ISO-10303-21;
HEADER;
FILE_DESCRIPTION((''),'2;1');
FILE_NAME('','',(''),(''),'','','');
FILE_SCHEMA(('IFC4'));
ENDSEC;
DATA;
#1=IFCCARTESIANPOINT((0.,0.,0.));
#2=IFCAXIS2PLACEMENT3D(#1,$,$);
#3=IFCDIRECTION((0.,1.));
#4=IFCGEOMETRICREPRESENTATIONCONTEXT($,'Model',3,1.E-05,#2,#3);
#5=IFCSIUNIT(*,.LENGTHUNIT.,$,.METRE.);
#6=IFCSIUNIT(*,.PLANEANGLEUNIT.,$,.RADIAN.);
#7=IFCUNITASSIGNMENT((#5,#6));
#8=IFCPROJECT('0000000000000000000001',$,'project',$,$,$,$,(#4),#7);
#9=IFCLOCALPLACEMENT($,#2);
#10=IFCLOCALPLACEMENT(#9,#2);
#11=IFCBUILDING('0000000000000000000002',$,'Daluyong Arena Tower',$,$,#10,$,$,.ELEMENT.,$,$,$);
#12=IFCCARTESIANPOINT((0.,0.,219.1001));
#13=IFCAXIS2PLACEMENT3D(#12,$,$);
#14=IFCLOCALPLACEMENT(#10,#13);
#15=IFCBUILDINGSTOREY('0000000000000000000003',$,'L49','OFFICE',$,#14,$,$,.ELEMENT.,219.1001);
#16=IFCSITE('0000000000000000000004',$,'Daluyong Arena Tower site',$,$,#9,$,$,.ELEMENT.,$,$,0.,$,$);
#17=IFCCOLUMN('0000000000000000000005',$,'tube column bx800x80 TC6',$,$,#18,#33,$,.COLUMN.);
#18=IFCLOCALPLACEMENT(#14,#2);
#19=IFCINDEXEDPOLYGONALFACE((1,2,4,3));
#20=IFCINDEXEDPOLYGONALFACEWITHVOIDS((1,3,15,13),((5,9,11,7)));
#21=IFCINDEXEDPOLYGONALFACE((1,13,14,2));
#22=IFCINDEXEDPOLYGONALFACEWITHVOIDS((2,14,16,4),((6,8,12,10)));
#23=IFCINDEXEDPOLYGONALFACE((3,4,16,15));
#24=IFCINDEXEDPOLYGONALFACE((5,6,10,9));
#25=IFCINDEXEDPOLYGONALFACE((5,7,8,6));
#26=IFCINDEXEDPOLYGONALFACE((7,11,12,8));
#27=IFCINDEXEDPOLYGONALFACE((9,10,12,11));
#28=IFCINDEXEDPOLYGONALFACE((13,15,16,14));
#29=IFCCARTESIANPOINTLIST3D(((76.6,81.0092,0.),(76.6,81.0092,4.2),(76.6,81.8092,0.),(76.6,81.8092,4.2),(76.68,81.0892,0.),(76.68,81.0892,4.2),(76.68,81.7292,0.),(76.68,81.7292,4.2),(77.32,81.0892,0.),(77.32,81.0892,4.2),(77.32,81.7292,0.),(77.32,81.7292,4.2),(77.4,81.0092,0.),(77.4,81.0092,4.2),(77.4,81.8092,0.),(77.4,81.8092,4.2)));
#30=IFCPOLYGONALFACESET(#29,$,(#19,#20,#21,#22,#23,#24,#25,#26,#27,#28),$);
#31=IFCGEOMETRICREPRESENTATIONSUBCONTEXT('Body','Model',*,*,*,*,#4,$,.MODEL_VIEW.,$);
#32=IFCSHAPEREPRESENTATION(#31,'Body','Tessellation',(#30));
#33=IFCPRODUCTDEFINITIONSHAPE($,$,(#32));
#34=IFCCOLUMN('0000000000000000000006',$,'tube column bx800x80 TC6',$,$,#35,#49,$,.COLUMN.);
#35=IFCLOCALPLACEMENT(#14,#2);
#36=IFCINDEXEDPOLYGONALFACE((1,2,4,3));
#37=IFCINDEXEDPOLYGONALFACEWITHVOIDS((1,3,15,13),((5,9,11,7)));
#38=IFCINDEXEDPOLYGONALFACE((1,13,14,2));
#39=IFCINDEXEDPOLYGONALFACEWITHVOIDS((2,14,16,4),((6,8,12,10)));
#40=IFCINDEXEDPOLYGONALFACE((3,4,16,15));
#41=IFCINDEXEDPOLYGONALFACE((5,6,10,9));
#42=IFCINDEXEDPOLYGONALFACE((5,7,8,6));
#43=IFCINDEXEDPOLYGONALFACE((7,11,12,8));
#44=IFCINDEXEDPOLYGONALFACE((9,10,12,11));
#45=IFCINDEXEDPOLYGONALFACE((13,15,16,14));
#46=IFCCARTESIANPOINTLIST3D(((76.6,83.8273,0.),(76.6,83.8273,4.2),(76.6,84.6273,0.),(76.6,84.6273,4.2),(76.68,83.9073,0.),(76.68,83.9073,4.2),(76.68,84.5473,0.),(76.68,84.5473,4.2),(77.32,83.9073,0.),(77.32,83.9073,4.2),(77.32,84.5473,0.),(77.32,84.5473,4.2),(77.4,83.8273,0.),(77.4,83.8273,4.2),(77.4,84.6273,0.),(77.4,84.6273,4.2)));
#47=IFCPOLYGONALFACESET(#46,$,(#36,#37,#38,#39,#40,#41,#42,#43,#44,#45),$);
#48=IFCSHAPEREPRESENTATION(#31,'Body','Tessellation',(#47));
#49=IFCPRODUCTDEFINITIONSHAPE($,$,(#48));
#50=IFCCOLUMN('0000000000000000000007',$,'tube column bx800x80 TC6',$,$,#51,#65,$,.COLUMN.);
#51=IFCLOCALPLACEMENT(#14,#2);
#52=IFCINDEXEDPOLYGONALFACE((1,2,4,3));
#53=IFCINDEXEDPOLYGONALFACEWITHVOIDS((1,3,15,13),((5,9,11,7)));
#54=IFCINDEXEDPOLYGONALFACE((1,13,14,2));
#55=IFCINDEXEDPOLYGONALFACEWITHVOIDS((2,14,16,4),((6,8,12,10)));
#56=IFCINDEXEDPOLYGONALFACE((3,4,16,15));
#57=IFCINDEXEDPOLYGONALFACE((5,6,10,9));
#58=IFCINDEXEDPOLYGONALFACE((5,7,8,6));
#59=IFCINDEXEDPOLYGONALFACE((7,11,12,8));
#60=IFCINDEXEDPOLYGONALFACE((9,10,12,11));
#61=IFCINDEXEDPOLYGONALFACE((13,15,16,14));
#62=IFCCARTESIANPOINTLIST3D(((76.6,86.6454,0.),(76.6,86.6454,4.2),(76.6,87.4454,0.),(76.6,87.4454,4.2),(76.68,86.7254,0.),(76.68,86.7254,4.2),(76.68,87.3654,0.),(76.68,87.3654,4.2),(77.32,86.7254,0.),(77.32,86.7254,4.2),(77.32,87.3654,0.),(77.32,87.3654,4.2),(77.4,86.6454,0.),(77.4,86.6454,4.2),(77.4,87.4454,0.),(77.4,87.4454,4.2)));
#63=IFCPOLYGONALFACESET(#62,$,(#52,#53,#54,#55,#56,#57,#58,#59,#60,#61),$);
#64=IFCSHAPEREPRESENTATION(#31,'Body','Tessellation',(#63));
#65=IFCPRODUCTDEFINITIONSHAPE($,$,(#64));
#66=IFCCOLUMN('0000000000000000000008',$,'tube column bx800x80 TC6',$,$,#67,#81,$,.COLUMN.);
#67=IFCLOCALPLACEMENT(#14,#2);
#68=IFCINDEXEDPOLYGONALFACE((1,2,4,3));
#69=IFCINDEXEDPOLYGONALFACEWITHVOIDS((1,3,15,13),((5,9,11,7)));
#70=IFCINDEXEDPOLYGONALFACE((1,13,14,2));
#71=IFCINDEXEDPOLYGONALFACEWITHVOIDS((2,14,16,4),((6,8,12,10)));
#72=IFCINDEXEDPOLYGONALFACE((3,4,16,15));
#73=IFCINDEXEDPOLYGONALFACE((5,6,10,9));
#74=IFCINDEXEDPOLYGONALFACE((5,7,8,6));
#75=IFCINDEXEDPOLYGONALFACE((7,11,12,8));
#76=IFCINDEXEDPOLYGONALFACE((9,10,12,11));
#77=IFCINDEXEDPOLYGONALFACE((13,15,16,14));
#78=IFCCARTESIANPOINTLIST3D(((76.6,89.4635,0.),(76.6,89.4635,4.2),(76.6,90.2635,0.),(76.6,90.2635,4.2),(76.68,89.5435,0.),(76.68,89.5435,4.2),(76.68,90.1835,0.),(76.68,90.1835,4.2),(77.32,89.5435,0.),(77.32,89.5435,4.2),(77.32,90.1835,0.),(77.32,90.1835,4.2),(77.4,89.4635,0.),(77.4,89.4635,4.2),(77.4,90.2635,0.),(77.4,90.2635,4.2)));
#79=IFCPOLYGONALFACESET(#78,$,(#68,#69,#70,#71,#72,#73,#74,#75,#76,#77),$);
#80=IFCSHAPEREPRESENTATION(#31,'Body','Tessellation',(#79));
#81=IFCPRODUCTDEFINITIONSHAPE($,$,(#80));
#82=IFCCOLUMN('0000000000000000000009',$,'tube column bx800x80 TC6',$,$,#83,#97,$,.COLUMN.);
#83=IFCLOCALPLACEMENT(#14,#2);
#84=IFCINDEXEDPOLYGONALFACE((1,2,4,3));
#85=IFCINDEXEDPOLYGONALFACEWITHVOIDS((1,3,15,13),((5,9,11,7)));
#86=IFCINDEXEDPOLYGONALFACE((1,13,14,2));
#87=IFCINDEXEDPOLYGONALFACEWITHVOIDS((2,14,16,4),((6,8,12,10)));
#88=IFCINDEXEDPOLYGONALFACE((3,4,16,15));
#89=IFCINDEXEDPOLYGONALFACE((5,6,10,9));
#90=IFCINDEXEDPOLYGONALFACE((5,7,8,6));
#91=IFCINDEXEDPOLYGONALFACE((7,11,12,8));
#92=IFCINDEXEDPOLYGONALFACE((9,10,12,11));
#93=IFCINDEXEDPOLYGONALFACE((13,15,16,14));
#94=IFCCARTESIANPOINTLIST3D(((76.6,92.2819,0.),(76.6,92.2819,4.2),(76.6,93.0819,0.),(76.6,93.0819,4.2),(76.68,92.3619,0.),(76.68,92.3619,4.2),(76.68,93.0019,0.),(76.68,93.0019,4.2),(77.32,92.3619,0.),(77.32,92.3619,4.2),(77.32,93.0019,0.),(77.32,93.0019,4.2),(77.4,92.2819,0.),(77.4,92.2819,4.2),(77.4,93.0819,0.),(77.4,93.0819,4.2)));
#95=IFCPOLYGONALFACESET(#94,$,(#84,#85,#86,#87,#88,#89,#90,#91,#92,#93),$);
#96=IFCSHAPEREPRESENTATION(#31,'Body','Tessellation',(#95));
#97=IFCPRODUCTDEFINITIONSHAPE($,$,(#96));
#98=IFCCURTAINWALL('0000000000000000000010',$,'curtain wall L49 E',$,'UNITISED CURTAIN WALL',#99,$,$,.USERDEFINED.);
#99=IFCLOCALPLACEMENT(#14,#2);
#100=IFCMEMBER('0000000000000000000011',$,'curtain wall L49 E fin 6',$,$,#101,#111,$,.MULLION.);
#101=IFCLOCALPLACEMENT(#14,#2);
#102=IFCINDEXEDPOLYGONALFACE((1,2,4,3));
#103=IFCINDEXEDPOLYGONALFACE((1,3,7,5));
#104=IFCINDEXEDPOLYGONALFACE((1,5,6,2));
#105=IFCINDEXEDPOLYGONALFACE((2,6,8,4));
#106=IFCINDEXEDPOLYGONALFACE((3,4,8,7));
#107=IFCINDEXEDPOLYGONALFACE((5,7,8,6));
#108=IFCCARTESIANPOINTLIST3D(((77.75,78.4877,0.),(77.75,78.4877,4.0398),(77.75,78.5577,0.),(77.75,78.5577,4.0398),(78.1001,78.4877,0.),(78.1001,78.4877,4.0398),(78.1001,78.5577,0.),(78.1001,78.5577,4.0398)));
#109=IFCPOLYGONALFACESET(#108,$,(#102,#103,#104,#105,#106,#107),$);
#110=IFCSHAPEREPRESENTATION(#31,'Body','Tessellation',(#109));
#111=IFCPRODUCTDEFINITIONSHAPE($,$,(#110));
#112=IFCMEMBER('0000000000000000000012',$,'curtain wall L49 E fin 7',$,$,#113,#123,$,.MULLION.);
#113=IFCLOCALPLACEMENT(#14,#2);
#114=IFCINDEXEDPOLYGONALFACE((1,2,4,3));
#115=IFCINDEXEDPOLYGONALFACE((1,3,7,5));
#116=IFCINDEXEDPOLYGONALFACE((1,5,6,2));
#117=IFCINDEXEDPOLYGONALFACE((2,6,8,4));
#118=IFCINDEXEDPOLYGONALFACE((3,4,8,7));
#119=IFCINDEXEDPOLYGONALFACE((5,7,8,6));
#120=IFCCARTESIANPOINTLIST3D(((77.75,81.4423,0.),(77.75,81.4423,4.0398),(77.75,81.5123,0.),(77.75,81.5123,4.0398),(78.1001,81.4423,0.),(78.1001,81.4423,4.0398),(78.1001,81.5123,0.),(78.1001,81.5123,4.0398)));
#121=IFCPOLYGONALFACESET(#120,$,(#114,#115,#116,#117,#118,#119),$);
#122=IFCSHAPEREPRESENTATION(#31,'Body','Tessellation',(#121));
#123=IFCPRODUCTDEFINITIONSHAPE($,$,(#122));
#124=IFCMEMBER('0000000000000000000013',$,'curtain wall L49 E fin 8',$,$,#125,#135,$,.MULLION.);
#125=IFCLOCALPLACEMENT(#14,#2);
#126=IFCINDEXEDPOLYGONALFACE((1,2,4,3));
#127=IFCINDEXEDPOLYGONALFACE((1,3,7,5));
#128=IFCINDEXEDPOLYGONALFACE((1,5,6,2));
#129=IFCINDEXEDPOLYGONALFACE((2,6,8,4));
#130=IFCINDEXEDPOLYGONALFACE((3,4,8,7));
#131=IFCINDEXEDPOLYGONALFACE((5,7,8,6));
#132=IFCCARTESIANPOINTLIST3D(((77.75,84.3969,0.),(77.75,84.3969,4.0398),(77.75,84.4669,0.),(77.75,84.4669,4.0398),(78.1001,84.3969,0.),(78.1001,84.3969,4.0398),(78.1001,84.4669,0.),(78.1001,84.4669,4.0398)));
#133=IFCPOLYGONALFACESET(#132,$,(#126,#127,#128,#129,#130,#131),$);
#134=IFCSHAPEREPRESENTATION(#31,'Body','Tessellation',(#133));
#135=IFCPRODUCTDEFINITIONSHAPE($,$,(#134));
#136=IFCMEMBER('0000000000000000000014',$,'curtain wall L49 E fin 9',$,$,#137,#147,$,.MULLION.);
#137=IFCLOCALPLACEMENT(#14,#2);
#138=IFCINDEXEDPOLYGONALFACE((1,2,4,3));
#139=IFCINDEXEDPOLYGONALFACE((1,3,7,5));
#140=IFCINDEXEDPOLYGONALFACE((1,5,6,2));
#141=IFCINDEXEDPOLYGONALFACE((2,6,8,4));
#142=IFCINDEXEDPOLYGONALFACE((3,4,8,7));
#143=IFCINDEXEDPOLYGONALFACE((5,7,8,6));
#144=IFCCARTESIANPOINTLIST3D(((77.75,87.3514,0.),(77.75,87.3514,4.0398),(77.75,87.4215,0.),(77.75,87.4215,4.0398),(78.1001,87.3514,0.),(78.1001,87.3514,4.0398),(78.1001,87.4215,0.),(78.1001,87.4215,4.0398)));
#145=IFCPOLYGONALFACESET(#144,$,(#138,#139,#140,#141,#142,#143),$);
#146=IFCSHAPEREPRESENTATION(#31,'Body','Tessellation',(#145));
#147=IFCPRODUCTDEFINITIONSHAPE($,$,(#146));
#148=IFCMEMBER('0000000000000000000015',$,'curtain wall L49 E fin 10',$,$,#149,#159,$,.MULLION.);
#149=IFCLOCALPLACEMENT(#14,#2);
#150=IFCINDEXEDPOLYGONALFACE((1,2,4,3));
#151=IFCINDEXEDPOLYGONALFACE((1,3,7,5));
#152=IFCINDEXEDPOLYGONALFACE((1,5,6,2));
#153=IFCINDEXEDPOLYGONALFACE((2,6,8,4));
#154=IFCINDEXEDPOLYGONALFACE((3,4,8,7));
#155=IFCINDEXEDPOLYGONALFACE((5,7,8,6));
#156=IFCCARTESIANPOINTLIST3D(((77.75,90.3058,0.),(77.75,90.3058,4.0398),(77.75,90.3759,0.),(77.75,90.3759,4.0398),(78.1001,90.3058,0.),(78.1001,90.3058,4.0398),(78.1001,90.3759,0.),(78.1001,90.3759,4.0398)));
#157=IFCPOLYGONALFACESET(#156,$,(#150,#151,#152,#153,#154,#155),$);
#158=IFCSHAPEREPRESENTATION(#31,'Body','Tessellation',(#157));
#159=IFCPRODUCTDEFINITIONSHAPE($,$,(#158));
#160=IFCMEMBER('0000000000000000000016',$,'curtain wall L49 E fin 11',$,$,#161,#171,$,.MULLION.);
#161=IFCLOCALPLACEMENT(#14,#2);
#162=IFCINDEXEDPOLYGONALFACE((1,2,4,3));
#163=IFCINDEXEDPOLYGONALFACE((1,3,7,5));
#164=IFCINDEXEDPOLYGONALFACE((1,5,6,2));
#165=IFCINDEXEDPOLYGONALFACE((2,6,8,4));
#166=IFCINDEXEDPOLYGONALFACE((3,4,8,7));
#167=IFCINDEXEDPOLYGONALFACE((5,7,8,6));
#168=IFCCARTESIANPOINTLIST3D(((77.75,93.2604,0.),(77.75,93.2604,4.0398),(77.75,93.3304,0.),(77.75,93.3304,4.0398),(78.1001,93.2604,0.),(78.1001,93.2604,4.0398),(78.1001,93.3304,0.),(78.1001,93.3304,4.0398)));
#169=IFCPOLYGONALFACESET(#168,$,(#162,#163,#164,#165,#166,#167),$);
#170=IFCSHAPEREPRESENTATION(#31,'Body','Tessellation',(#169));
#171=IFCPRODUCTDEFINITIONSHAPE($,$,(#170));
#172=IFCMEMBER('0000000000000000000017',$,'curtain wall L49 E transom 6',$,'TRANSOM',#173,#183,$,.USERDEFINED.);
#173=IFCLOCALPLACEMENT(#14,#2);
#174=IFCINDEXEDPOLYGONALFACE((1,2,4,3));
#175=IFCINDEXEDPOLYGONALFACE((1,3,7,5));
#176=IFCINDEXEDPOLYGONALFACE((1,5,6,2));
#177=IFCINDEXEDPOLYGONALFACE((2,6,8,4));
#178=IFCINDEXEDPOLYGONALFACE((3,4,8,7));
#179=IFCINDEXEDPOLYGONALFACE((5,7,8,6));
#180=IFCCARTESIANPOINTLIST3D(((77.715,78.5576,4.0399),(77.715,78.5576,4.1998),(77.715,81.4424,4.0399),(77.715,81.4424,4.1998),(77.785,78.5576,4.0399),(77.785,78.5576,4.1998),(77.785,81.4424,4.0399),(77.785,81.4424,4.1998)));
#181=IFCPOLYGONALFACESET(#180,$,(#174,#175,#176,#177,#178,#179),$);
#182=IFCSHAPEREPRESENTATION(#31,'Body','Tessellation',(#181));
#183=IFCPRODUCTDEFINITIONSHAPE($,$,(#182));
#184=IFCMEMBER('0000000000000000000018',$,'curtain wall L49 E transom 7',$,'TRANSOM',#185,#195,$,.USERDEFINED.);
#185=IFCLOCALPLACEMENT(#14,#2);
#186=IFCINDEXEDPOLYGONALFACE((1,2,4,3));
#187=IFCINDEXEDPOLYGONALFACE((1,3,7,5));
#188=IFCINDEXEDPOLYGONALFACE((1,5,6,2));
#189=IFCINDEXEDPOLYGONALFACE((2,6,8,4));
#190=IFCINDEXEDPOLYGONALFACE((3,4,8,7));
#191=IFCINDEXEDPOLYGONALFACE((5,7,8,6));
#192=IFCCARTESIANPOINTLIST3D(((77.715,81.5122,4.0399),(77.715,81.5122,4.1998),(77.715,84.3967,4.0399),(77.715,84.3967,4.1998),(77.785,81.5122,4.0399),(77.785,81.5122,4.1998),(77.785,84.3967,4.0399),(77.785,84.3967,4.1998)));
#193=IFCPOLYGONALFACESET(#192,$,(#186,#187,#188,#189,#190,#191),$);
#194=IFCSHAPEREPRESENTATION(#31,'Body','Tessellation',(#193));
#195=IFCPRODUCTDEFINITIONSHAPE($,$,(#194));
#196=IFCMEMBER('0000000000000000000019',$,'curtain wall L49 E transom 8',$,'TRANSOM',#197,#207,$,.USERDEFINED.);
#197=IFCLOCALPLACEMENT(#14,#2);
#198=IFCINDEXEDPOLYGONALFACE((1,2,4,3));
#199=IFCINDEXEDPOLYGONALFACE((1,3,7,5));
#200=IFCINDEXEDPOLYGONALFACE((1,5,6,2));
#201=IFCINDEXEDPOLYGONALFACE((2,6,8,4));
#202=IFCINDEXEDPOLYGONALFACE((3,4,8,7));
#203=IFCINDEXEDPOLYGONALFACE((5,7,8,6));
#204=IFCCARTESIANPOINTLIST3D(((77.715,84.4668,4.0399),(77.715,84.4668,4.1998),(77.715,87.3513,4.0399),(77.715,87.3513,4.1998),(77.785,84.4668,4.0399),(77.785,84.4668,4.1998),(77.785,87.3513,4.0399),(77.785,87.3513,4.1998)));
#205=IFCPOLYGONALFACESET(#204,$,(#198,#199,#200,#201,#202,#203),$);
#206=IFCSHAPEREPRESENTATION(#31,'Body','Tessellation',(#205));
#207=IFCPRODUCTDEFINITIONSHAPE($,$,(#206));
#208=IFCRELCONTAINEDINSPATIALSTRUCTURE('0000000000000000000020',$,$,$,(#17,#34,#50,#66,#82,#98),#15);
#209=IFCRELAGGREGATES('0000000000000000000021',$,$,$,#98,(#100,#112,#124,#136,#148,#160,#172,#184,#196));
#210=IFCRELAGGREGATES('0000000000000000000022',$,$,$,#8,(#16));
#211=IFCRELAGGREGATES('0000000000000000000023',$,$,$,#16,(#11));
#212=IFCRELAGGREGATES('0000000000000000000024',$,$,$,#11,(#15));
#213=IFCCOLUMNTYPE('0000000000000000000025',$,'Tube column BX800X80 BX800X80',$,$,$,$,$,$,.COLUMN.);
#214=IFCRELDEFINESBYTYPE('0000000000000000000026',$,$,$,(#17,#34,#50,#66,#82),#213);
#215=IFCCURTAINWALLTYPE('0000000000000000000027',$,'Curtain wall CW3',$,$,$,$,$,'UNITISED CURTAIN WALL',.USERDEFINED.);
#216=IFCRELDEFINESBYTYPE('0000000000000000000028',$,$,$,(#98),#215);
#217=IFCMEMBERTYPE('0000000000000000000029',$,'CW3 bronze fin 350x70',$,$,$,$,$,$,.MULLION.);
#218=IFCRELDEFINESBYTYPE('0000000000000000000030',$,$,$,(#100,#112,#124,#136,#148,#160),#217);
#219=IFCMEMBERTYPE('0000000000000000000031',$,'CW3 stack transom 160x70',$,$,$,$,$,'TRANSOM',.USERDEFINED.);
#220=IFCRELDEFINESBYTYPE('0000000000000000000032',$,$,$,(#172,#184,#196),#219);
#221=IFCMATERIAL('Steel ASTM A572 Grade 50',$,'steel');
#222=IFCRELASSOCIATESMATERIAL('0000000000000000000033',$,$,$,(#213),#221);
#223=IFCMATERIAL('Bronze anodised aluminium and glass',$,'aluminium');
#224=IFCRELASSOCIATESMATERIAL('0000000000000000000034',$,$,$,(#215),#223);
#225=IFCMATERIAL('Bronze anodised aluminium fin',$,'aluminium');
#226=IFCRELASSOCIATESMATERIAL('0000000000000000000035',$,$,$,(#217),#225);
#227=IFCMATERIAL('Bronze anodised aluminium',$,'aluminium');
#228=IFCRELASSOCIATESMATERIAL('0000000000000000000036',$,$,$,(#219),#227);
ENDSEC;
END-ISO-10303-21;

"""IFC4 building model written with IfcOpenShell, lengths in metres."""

from ifc_helpers import new_model, si_unit, direction, frame, origin, origin_2d, place, context, subcontext, project, spatial, rectangle, hollow_rectangle, extrude, material, material_profile, profile_set, type_object, element, aggregate, save


model = new_model("IFC4")

# Units and contexts
model_context = context("Model", 3, precision=1e-05, world=origin(), true_north=direction((0.0, 1.0)))
body_context = subcontext(model_context, "Body", "Model", "MODEL_VIEW")
ifc_project = project(units=[si_unit("LENGTHUNIT", "METRE"), si_unit("PLANEANGLEUNIT", "RADIAN")], contexts=[model_context])

# Site, building, storey
site_placement = place(None, origin())
site = spatial("IfcSite", under=ifc_project, at=site_placement, Name="Daluyong Arena Tower site", CompositionType="ELEMENT", RefElevation=0.0)
building_placement = place(site_placement, origin())
building = spatial("IfcBuilding", under=site, at=building_placement, Name="Daluyong Arena Tower", CompositionType="ELEMENT")
storey_placement = place(building_placement, frame((0.0, 0.0, 219.1001)))
storey = spatial("IfcBuildingStorey", under=building, at=storey_placement, Name="L49", Description="OFFICE", CompositionType="ELEMENT", Elevation=219.1001)

# Columns
ifc_material_1 = material(Name="Steel ASTM A572 Grade 50", Category="steel")
ifc_material_profile_1 = material_profile(ifc_material_1, hollow_rectangle(XDim=0.8, YDim=0.8, WallThickness=0.08, at=origin_2d()))
ifc_profile_set_1 = profile_set([ifc_material_profile_1], Name="Steel ASTM A572 Grade 50")
column_type = type_object("IfcColumnType", Name="Tube column BX800X80 BX800X80", PredefinedType="COLUMN", material=ifc_profile_set_1)
for number, where, z_axis, x_axis, name in (
    (1, (77.0, 81.4092, 0.0), (0.0, 0.0, 1.0), (0.0, 1.0, 0.0), "tube column bx800x80 TC6"),
    (2, (77.0, 84.2273, 0.0), (0.0, 0.0, 1.0), (0.0, 1.0, 0.0), "tube column bx800x80 TC6"),
    (3, (77.0, 87.0454, 0.0), (0.0, 0.0, 1.0), (0.0, 1.0, 0.0), "tube column bx800x80 TC6"),
    (4, (77.0, 89.8635, 0.0), (0.0, 0.0, 1.0), (0.0, 1.0, 0.0), "tube column bx800x80 TC6"),
    (5, (77.0, 92.6819, 0.0), (0.0, 0.0, 1.0), (0.0, 1.0, 0.0), "tube column bx800x80 TC6"),
):
    element("IfcColumn", number, at=place(storey_placement, frame(where, z_axis=z_axis, x_axis=x_axis)), inside=storey, type_object=column_type, Name=name, PredefinedType="COLUMN", context=body_context, shape_type="SweptSolid", body=[
        extrude(hollow_rectangle(XDim=0.8, YDim=0.8, WallThickness=0.08, at=origin_2d()), origin(), (0.0, 0.0, 1.0), 4.2),
    ])

# Curtain wall, members
ifc_material_2 = material(Name="Bronze anodised aluminium and glass", Category="aluminium")
curtain_wall_type = type_object("IfcCurtainWallType", Name="Curtain wall CW3", ElementType="UNITISED CURTAIN WALL", PredefinedType="USERDEFINED", material=ifc_material_2)
curtain_wall_placement = place(storey_placement, origin())
curtain_wall = element("IfcCurtainWall", 6, at=curtain_wall_placement, inside=storey, type_object=curtain_wall_type, Name="curtain wall L49 E", ObjectType="UNITISED CURTAIN WALL", PredefinedType="USERDEFINED")
ifc_material_3 = material(Name="Bronze anodised aluminium fin", Category="aluminium")
ifc_material_profile_2 = material_profile(ifc_material_3, rectangle(XDim=0.3501, YDim=0.0701, at=origin_2d()))
ifc_profile_set_2 = profile_set([ifc_material_profile_2], Name="Bronze anodised aluminium fin")
member_type_1 = type_object("IfcMemberType", Name="CW3 bronze fin 350x70", PredefinedType="MULLION", material=ifc_profile_set_2)
member_1_placement = place(storey_placement, frame((77.925, 78.5227, 0.0), z_axis=(0.0, 0.0, 1.0), x_axis=(-1.0, 0.0, 0.0)))
member_1 = element("IfcMember", 7, at=member_1_placement, type_object=member_type_1, Name="curtain wall L49 E fin 6", PredefinedType="MULLION", context=body_context, shape_type="SweptSolid", body=[
    extrude(rectangle(XDim=0.3501, YDim=0.0701, at=origin_2d()), origin(), (0.0, 0.0, 1.0), 4.0398),
])
member_2_placement = place(storey_placement, frame((77.925, 81.4773, 0.0), z_axis=(0.0, 0.0, 1.0), x_axis=(-1.0, 0.0, 0.0)))
member_2 = element("IfcMember", 8, at=member_2_placement, type_object=member_type_1, Name="curtain wall L49 E fin 7", PredefinedType="MULLION", context=body_context, shape_type="SweptSolid", body=[
    extrude(rectangle(XDim=0.3501, YDim=0.0701, at=origin_2d()), origin(), (0.0, 0.0, 1.0), 4.0398),
])
member_3_placement = place(storey_placement, frame((77.925, 84.4319, 0.0), z_axis=(0.0, 0.0, 1.0), x_axis=(-1.0, 0.0, 0.0)))
member_3 = element("IfcMember", 9, at=member_3_placement, type_object=member_type_1, Name="curtain wall L49 E fin 8", PredefinedType="MULLION", context=body_context, shape_type="SweptSolid", body=[
    extrude(rectangle(XDim=0.3501, YDim=0.0701, at=origin_2d()), origin(), (0.0, 0.0, 1.0), 4.0398),
])
member_4_placement = place(storey_placement, frame((77.925, 87.3865, 0.0), z_axis=(0.0, 0.0, 1.0), x_axis=(-1.0, 0.0, 0.0)))
member_4 = element("IfcMember", 10, at=member_4_placement, type_object=member_type_1, Name="curtain wall L49 E fin 9", PredefinedType="MULLION", context=body_context, shape_type="SweptSolid", body=[
    extrude(rectangle(XDim=0.3501, YDim=0.0701, at=origin_2d()), origin(), (0.0, 0.0, 1.0), 4.0398),
])
member_5_placement = place(storey_placement, frame((77.925, 90.3408, 0.0), z_axis=(0.0, 0.0, 1.0), x_axis=(-1.0, 0.0, 0.0)))
member_5 = element("IfcMember", 11, at=member_5_placement, type_object=member_type_1, Name="curtain wall L49 E fin 10", PredefinedType="MULLION", context=body_context, shape_type="SweptSolid", body=[
    extrude(rectangle(XDim=0.3501, YDim=0.0701, at=origin_2d()), origin(), (0.0, 0.0, 1.0), 4.0398),
])
member_6_placement = place(storey_placement, frame((77.925, 93.2954, 0.0), z_axis=(0.0, 0.0, 1.0), x_axis=(-1.0, 0.0, 0.0)))
member_6 = element("IfcMember", 12, at=member_6_placement, type_object=member_type_1, Name="curtain wall L49 E fin 11", PredefinedType="MULLION", context=body_context, shape_type="SweptSolid", body=[
    extrude(rectangle(XDim=0.3501, YDim=0.0701, at=origin_2d()), origin(), (0.0, 0.0, 1.0), 4.0398),
])
ifc_material_4 = material(Name="Bronze anodised aluminium", Category="aluminium")
ifc_material_profile_3 = material_profile(ifc_material_4, rectangle(XDim=0.0701, YDim=0.1599, at=origin_2d()))
ifc_profile_set_3 = profile_set([ifc_material_profile_3], Name="Bronze anodised aluminium")
member_type_2 = type_object("IfcMemberType", Name="CW3 stack transom 160x70", ElementType="TRANSOM", PredefinedType="USERDEFINED", material=ifc_profile_set_3)
member_7_placement = place(storey_placement, frame((77.75, 78.5576, 4.1199), z_axis=(0.0, 1.0, 0.0), x_axis=(-1.0, 0.0, 0.0)))
member_7 = element("IfcMember", 13, at=member_7_placement, type_object=member_type_2, Name="curtain wall L49 E transom 6", ObjectType="TRANSOM", PredefinedType="USERDEFINED", context=body_context, shape_type="SweptSolid", body=[
    extrude(rectangle(XDim=0.0701, YDim=0.1599, at=origin_2d()), origin(), (0.0, 0.0, 1.0), 2.8848),
])
member_8_placement = place(storey_placement, frame((77.75, 81.5122, 4.1199), z_axis=(0.0, 1.0, 0.0), x_axis=(-1.0, 0.0, 0.0)))
member_8 = element("IfcMember", 14, at=member_8_placement, type_object=member_type_2, Name="curtain wall L49 E transom 7", ObjectType="TRANSOM", PredefinedType="USERDEFINED", context=body_context, shape_type="SweptSolid", body=[
    extrude(rectangle(XDim=0.0701, YDim=0.1599, at=origin_2d()), origin(), (0.0, 0.0, 1.0), 2.8845),
])
member_9_placement = place(storey_placement, frame((77.75, 84.4668, 4.1199), z_axis=(0.0, 1.0, 0.0), x_axis=(-1.0, 0.0, 0.0)))
member_9 = element("IfcMember", 15, at=member_9_placement, type_object=member_type_2, Name="curtain wall L49 E transom 8", ObjectType="TRANSOM", PredefinedType="USERDEFINED", context=body_context, shape_type="SweptSolid", body=[
    extrude(rectangle(XDim=0.0701, YDim=0.1599, at=origin_2d()), origin(), (0.0, 0.0, 1.0), 2.8845),
])

aggregate(curtain_wall, [member_1, member_2, member_3, member_4, member_5, member_6, member_7, member_8, member_9])

save(model, "model.ifc")
